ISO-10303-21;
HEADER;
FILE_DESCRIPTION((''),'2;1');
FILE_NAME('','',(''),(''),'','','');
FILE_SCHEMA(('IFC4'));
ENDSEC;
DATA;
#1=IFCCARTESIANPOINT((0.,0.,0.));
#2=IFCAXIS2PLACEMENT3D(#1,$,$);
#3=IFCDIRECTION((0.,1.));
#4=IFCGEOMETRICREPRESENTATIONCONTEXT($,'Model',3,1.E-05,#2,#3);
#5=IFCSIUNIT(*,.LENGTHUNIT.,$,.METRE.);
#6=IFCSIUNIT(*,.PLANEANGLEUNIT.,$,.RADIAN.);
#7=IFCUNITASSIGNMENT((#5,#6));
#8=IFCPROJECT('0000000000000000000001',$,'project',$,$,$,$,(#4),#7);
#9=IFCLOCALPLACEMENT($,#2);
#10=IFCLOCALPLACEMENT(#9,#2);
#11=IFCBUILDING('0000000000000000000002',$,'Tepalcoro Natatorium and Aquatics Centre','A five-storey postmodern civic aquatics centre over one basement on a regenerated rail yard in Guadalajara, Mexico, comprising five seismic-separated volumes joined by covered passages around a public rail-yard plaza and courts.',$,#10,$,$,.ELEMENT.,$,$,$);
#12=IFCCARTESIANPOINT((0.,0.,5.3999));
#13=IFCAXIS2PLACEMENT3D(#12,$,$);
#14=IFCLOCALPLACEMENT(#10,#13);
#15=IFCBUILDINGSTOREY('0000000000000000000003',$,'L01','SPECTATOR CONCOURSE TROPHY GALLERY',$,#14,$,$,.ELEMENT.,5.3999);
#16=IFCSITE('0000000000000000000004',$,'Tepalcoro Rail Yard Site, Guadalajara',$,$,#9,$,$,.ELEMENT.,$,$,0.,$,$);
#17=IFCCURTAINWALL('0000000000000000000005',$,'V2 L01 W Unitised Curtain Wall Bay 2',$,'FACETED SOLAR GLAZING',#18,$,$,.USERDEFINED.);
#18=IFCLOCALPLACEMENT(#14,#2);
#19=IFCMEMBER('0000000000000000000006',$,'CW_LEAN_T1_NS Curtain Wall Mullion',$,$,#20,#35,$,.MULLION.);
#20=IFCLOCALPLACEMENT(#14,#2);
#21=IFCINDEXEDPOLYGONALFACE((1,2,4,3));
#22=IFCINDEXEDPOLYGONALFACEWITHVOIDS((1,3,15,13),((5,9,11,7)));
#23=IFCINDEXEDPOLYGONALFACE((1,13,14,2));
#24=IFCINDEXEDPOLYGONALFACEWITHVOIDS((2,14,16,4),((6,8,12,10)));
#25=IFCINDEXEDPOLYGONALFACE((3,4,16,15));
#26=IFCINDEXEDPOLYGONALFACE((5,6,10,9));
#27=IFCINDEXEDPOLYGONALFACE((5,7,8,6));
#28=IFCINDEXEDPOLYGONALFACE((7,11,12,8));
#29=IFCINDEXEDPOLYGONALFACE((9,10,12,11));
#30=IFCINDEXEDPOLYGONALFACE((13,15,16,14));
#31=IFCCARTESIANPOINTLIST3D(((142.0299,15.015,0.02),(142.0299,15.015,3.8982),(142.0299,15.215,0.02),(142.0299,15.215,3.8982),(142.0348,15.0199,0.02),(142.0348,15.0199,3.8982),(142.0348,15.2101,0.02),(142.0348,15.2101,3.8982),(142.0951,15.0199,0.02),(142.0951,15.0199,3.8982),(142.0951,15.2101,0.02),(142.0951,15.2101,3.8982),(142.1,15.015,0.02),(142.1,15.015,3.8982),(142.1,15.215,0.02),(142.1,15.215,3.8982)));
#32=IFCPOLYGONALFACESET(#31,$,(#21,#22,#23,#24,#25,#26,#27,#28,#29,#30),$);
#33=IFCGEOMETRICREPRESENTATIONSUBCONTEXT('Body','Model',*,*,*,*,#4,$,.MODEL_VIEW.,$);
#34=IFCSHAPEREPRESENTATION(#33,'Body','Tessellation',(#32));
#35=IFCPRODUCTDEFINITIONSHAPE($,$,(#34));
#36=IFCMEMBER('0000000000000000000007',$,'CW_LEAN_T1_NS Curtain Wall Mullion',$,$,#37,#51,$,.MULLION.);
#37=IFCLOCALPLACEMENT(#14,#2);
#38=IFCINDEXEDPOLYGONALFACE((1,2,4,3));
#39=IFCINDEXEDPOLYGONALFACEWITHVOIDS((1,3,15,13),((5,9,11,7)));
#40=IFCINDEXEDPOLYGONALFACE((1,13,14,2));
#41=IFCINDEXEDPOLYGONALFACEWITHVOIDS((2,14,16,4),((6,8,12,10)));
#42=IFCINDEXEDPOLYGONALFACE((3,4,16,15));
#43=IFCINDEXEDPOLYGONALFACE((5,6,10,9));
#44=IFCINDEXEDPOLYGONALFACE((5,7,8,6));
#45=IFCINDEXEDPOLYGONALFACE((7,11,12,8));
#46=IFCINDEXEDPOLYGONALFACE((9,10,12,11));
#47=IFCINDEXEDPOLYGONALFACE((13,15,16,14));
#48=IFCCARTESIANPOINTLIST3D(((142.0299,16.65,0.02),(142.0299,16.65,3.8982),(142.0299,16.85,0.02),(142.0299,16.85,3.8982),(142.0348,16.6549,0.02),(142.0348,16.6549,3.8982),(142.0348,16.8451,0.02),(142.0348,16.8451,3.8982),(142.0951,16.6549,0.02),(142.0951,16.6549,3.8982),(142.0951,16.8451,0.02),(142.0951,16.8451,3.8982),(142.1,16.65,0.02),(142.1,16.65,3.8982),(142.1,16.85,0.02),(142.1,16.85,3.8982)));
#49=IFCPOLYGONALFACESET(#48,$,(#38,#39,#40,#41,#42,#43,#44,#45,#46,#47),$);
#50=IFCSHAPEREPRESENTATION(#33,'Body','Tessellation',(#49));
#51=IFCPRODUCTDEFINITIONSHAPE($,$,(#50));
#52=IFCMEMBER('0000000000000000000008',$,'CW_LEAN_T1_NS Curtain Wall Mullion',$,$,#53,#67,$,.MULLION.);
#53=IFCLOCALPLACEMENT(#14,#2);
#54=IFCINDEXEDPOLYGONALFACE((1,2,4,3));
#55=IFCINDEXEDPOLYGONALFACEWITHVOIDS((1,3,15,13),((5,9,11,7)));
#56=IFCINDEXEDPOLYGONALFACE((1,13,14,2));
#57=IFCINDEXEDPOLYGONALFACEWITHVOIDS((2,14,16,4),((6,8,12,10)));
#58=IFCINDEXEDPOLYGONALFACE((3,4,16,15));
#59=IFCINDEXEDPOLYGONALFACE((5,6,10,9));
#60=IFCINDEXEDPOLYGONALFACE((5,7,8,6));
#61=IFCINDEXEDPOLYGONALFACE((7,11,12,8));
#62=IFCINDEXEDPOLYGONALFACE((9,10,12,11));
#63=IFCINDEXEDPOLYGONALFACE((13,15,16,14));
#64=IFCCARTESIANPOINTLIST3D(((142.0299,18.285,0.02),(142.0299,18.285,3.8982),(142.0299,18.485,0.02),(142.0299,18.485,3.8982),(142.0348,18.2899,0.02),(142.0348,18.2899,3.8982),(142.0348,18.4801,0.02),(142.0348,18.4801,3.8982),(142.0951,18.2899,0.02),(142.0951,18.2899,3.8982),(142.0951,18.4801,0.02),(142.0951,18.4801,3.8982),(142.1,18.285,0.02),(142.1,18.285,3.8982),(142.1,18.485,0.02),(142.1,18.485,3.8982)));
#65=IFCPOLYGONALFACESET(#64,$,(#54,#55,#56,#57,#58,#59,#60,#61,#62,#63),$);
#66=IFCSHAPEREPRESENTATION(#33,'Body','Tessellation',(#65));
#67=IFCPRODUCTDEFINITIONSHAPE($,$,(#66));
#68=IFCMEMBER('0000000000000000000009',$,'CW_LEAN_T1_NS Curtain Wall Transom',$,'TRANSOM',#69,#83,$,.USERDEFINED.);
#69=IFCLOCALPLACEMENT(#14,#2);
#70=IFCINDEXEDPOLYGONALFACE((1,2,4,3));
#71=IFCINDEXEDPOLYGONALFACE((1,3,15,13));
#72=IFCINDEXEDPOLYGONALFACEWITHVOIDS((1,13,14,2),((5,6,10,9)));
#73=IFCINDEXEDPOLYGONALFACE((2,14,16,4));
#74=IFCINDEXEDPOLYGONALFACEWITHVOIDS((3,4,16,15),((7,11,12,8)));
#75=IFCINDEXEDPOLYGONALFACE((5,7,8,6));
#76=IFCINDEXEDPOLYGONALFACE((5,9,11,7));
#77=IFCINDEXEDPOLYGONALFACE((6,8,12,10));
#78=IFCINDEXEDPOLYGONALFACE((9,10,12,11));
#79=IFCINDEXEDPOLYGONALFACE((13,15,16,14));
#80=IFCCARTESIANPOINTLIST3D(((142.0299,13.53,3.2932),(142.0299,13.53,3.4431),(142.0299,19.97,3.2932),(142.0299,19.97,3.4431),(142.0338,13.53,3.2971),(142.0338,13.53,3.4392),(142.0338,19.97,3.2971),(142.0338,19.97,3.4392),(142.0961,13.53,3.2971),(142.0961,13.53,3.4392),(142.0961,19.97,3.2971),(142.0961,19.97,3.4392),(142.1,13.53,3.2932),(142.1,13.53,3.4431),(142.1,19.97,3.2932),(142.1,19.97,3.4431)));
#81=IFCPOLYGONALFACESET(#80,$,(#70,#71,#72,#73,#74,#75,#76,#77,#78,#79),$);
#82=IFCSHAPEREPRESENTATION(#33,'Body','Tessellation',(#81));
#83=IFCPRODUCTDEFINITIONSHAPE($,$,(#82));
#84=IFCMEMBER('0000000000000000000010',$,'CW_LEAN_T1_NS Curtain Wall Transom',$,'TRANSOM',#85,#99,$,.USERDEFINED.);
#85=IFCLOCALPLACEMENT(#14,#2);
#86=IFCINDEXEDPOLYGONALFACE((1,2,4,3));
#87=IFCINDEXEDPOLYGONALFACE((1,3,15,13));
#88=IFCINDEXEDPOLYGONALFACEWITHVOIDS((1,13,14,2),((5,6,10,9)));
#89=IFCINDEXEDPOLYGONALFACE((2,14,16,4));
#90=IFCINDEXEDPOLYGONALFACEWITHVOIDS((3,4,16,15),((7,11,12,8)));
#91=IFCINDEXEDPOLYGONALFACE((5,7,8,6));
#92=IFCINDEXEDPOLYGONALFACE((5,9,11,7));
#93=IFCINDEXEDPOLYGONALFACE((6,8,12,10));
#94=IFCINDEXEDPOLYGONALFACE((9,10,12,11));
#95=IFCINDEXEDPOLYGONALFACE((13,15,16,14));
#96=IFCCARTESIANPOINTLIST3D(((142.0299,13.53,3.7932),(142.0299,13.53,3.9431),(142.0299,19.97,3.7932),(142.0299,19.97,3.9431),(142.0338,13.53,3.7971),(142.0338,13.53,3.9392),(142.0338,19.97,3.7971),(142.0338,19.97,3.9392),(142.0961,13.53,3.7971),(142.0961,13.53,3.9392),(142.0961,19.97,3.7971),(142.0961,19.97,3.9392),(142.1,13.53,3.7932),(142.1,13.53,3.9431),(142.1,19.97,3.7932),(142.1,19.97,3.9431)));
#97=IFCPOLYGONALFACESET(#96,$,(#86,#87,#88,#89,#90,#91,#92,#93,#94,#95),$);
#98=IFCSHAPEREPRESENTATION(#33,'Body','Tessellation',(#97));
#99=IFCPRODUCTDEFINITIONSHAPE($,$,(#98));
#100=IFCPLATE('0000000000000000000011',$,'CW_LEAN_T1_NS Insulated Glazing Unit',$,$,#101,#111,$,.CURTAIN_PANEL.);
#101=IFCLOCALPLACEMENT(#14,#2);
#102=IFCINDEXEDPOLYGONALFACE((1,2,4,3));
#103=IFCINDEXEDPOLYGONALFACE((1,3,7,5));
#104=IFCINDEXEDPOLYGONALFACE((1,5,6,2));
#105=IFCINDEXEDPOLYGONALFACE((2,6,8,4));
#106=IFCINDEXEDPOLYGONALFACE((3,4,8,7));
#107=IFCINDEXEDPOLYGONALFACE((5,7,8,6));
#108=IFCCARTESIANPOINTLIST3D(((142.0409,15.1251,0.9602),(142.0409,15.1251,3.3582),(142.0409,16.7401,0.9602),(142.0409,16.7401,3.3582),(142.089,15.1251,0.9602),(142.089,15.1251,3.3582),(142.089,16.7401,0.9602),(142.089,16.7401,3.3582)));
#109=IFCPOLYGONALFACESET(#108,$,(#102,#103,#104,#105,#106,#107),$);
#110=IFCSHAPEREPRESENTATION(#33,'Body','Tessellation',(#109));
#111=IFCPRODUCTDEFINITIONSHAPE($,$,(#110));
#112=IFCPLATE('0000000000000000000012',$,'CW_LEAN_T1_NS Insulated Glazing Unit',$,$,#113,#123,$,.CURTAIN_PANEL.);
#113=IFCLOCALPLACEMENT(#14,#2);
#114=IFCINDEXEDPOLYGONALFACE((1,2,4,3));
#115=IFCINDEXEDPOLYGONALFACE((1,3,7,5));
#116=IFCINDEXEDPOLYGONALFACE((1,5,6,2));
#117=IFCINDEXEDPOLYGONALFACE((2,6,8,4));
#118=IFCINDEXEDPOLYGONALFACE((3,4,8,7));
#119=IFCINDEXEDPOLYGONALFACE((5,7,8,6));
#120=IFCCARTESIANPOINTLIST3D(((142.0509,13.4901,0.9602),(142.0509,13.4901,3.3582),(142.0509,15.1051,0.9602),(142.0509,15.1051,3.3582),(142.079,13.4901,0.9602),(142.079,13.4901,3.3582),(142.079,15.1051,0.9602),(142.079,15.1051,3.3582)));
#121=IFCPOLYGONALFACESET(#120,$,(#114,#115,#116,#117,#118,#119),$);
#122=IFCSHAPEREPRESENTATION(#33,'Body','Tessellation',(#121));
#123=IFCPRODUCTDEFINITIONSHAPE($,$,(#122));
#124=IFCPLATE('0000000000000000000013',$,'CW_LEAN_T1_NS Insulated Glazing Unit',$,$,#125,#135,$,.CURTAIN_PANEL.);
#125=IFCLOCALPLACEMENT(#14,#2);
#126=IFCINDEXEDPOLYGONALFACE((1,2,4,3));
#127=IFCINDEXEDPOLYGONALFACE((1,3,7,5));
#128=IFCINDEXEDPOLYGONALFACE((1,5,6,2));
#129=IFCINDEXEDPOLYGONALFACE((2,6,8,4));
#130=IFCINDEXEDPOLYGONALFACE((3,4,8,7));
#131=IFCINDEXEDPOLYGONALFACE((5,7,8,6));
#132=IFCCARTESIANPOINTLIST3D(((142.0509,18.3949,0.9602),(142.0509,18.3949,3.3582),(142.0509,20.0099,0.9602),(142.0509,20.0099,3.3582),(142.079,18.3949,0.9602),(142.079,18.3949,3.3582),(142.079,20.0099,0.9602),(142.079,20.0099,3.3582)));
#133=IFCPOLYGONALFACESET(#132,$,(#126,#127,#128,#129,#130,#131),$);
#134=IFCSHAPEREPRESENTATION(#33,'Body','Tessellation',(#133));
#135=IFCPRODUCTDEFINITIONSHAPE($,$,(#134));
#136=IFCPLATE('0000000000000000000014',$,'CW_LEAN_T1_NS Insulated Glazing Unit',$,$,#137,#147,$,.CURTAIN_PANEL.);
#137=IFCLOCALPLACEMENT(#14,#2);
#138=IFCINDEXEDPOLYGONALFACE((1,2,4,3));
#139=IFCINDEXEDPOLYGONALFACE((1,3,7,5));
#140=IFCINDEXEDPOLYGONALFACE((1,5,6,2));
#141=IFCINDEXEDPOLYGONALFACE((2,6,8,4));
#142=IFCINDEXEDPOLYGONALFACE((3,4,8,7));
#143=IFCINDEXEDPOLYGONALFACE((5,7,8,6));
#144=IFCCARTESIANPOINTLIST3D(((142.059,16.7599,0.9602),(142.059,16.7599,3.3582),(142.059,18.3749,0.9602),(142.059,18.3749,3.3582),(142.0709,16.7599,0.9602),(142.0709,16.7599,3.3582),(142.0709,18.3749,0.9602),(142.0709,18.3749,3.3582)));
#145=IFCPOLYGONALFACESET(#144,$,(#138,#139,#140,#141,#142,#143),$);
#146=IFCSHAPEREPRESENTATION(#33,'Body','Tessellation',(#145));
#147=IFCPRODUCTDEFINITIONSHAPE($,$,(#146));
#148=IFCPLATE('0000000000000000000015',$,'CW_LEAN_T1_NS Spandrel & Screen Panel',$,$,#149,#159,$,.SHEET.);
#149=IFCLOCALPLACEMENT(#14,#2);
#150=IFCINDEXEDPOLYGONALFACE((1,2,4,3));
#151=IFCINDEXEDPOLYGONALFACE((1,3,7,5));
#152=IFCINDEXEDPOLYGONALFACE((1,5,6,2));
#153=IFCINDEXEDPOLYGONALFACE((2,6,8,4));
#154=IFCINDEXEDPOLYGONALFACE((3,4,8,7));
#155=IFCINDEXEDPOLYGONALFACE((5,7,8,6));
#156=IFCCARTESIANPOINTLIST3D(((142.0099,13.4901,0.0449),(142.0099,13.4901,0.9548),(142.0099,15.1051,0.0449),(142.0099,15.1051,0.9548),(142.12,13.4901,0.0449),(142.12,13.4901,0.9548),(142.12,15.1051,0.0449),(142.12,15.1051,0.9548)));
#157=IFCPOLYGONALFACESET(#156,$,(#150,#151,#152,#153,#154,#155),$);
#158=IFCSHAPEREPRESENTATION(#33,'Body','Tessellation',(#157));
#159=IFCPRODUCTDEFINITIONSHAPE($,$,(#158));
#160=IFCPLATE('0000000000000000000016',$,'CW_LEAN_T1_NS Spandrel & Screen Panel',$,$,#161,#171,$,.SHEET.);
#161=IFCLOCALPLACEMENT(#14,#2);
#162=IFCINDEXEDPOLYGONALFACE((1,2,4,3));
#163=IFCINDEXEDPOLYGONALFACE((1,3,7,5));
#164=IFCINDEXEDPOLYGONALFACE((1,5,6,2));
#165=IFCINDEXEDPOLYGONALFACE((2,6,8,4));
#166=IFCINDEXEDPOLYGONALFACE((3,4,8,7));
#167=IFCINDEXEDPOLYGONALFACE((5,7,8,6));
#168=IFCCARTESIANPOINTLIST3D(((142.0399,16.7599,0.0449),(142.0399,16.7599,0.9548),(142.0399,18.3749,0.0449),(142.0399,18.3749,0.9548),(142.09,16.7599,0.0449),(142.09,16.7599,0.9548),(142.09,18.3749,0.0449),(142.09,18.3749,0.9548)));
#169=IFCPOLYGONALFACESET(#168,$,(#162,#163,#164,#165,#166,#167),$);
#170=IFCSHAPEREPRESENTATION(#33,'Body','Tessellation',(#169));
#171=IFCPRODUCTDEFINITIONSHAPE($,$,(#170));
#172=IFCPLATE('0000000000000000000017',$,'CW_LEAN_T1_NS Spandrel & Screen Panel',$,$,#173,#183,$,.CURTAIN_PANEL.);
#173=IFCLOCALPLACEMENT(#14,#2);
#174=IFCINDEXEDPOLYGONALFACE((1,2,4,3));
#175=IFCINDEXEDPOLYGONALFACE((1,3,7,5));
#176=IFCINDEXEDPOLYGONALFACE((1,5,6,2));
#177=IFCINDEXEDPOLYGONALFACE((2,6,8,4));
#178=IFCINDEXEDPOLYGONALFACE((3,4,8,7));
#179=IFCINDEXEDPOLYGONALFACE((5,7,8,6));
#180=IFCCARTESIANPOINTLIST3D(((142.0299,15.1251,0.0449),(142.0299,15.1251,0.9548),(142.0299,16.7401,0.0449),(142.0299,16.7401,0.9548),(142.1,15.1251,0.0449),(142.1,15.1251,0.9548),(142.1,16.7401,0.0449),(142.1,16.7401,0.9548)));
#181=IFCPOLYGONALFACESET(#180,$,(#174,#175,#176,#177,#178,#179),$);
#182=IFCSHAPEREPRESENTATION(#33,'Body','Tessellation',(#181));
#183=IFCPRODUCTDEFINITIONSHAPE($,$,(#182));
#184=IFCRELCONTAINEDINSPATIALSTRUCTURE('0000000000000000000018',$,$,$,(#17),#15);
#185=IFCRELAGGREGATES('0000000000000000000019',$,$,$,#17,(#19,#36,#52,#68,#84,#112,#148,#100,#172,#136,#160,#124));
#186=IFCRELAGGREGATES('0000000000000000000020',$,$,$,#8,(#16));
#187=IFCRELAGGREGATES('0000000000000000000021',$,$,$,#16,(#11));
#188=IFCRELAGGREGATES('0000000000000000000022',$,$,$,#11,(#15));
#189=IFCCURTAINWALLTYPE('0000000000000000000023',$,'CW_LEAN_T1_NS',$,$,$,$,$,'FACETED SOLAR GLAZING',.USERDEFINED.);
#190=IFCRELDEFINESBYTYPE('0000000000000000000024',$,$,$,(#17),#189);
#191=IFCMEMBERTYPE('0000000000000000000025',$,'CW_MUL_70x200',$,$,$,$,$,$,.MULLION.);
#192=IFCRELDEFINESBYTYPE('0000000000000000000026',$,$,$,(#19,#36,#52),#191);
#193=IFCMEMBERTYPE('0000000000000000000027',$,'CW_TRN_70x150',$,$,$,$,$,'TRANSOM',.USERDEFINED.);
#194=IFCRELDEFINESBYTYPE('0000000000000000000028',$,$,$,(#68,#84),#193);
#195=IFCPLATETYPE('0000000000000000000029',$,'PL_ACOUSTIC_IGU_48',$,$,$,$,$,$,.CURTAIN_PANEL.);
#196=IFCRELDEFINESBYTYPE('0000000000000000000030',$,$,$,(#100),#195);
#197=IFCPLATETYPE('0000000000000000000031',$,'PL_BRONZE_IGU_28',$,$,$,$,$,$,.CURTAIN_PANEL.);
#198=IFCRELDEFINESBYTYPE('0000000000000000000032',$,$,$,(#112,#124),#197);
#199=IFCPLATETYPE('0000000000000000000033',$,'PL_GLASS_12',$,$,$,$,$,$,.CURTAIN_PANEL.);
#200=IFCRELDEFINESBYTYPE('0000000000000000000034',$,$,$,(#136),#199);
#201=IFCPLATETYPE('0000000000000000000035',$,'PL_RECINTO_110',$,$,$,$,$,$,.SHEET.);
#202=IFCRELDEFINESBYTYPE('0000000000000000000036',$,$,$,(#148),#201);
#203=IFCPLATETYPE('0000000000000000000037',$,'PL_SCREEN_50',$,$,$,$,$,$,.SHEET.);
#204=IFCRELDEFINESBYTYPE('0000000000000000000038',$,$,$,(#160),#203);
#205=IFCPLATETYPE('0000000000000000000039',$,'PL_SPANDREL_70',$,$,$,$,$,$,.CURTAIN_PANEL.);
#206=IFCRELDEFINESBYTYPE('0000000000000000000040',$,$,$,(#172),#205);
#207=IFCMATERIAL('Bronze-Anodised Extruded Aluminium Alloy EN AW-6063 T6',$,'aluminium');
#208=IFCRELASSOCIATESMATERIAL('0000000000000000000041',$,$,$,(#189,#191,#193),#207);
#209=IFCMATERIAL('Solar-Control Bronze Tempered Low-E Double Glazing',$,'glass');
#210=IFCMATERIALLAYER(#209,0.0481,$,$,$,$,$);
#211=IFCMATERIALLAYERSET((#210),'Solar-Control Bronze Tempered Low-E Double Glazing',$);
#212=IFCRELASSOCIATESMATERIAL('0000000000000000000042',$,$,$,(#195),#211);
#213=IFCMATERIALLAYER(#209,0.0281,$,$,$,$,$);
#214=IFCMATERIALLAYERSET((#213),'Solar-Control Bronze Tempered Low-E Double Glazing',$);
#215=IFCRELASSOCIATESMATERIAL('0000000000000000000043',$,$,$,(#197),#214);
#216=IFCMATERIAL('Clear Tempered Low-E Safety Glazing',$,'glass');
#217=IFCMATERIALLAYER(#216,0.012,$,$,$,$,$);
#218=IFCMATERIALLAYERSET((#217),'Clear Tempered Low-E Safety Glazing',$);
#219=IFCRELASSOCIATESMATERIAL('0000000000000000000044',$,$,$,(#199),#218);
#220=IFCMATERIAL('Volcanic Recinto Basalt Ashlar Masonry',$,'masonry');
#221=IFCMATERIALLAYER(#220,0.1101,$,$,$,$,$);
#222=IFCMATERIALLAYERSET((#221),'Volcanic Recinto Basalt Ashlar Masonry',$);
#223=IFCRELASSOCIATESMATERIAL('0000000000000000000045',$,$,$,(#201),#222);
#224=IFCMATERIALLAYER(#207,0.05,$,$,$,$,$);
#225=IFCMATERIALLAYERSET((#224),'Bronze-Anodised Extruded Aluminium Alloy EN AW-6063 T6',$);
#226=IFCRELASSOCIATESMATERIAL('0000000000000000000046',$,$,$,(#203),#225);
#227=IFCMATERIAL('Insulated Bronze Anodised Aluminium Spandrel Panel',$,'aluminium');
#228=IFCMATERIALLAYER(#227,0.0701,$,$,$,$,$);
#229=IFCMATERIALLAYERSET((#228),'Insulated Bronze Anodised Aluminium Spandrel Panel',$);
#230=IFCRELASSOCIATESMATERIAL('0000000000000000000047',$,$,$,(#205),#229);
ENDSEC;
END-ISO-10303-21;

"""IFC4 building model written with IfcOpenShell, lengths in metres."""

from ifc_helpers import new_model, si_unit, direction, frame, origin, origin_2d, place, context, subcontext, project, spatial, rectangle, hollow_rectangle, extrude, material, layer, layer_set, material_profile, profile_set, type_object, element, aggregate, save


model = new_model("IFC4")

# Units and contexts
model_context = context("Model", 3, precision=1e-05, world=origin(), true_north=direction((0.0, 1.0)))
body_context = subcontext(model_context, "Body", "Model", "MODEL_VIEW")
ifc_project = project(units=[si_unit("LENGTHUNIT", "METRE"), si_unit("PLANEANGLEUNIT", "RADIAN")], contexts=[model_context])

# Site, building, storey
site_placement = place(None, origin())
site = spatial("IfcSite", under=ifc_project, at=site_placement, Name="Tepalcoro Rail Yard Site, Guadalajara", CompositionType="ELEMENT", RefElevation=0.0)
building_placement = place(site_placement, origin())
building = spatial("IfcBuilding", under=site, at=building_placement, Name="Tepalcoro Natatorium and Aquatics Centre", Description="A five-storey postmodern civic aquatics centre over one basement on a regenerated rail yard in Guadalajara, Mexico, comprising five seismic-separated volumes joined by covered passages around a public rail-yard plaza and courts.", CompositionType="ELEMENT")
storey_placement = place(building_placement, frame((0.0, 0.0, 5.3999)))
storey = spatial("IfcBuildingStorey", under=building, at=storey_placement, Name="L01", Description="SPECTATOR CONCOURSE TROPHY GALLERY", CompositionType="ELEMENT", Elevation=5.3999)

# Curtain wall, members, plates
ifc_material_1 = material(Name="Bronze-Anodised Extruded Aluminium Alloy EN AW-6063 T6", Category="aluminium")
curtain_wall_type = type_object("IfcCurtainWallType", Name="CW_LEAN_T1_NS", ElementType="FACETED SOLAR GLAZING", PredefinedType="USERDEFINED", material=ifc_material_1)
curtain_wall_placement = place(storey_placement, origin())
curtain_wall = element("IfcCurtainWall", 1, at=curtain_wall_placement, inside=storey, type_object=curtain_wall_type, Name="V2 L01 W Unitised Curtain Wall Bay 2", ObjectType="FACETED SOLAR GLAZING", PredefinedType="USERDEFINED")
ifc_material_profile_1 = material_profile(ifc_material_1, hollow_rectangle(XDim=0.0701, YDim=0.2, WallThickness=0.0049, at=origin_2d()), Name="AL70X200X5")
ifc_profile_set_1 = profile_set([ifc_material_profile_1], Name="Bronze-Anodised Extruded Aluminium Alloy EN AW-6063 T6")
member_type_1 = type_object("IfcMemberType", Name="CW_MUL_70x200", PredefinedType="MULLION", material=ifc_profile_set_1)
member_1_placement = place(storey_placement, frame((142.0649, 15.115, 0.02), z_axis=(0.0, 0.0, 1.0), x_axis=(1.0, 0.0, 0.0)))
member_1 = element("IfcMember", 2, at=member_1_placement, type_object=member_type_1, Name="CW_LEAN_T1_NS Curtain Wall Mullion", PredefinedType="MULLION", context=body_context, shape_type="SweptSolid", body=[
    extrude(hollow_rectangle(XDim=0.0701, YDim=0.2, WallThickness=0.0049, at=origin_2d()), origin(), (0.0, 0.0, 1.0), 3.8782),
])
member_2_placement = place(storey_placement, frame((142.0649, 16.75, 0.02), z_axis=(0.0, 0.0, 1.0), x_axis=(1.0, 0.0, 0.0)))
member_2 = element("IfcMember", 3, at=member_2_placement, type_object=member_type_1, Name="CW_LEAN_T1_NS Curtain Wall Mullion", PredefinedType="MULLION", context=body_context, shape_type="SweptSolid", body=[
    extrude(hollow_rectangle(XDim=0.0701, YDim=0.2, WallThickness=0.0049, at=origin_2d()), origin(), (0.0, 0.0, 1.0), 3.8782),
])
member_3_placement = place(storey_placement, frame((142.0649, 18.385, 0.02), z_axis=(0.0, 0.0, 1.0), x_axis=(1.0, 0.0, 0.0)))
member_3 = element("IfcMember", 4, at=member_3_placement, type_object=member_type_1, Name="CW_LEAN_T1_NS Curtain Wall Mullion", PredefinedType="MULLION", context=body_context, shape_type="SweptSolid", body=[
    extrude(hollow_rectangle(XDim=0.0701, YDim=0.2, WallThickness=0.0049, at=origin_2d()), origin(), (0.0, 0.0, 1.0), 3.8782),
])
ifc_material_profile_2 = material_profile(ifc_material_1, hollow_rectangle(XDim=0.0701, YDim=0.1499, WallThickness=0.0039, at=origin_2d()), Name="AL70X150X4")
ifc_profile_set_2 = profile_set([ifc_material_profile_2], Name="Bronze-Anodised Extruded Aluminium Alloy EN AW-6063 T6")
member_type_2 = type_object("IfcMemberType", Name="CW_TRN_70x150", ElementType="TRANSOM", PredefinedType="USERDEFINED", material=ifc_profile_set_2)
member_4_placement = place(storey_placement, frame((142.0649, 13.53, 3.3682), z_axis=(0.0, 1.0, 0.0), x_axis=(-1.0, 0.0, 0.0)))
member_4 = element("IfcMember", 5, at=member_4_placement, type_object=member_type_2, Name="CW_LEAN_T1_NS Curtain Wall Transom", ObjectType="TRANSOM", PredefinedType="USERDEFINED", context=body_context, shape_type="SweptSolid", body=[
    extrude(hollow_rectangle(XDim=0.0701, YDim=0.1499, WallThickness=0.0039, at=origin_2d()), origin(), (0.0, 0.0, 1.0), 6.4399),
])
member_5_placement = place(storey_placement, frame((142.0649, 13.53, 3.8682), z_axis=(0.0, 1.0, 0.0), x_axis=(-1.0, 0.0, 0.0)))
member_5 = element("IfcMember", 6, at=member_5_placement, type_object=member_type_2, Name="CW_LEAN_T1_NS Curtain Wall Transom", ObjectType="TRANSOM", PredefinedType="USERDEFINED", context=body_context, shape_type="SweptSolid", body=[
    extrude(hollow_rectangle(XDim=0.0701, YDim=0.1499, WallThickness=0.0039, at=origin_2d()), origin(), (0.0, 0.0, 1.0), 6.4399),
])
ifc_material_2 = material(Name="Solar-Control Bronze Tempered Low-E Double Glazing", Category="glass")
ifc_layer_1 = layer(ifc_material_2, 0.0481)
ifc_layer_set_1 = layer_set([ifc_layer_1], Name="Solar-Control Bronze Tempered Low-E Double Glazing")
plate_type_1 = type_object("IfcPlateType", Name="PL_ACOUSTIC_IGU_48", PredefinedType="CURTAIN_PANEL", material=ifc_layer_set_1)
plate_1_placement = place(storey_placement, frame((142.0649, 15.9326, 0.9602), z_axis=(0.0, 0.0, 1.0), x_axis=(1.0, 0.0, 0.0)))
plate_1 = element("IfcPlate", 7, at=plate_1_placement, type_object=plate_type_1, Name="CW_LEAN_T1_NS Insulated Glazing Unit", PredefinedType="CURTAIN_PANEL", context=body_context, shape_type="SweptSolid", body=[
    extrude(rectangle(XDim=0.0481, YDim=1.615, at=origin_2d()), origin(), (0.0, 0.0, 1.0), 2.3979),
])
ifc_layer_2 = layer(ifc_material_2, 0.0281)
ifc_layer_set_2 = layer_set([ifc_layer_2], Name="Solar-Control Bronze Tempered Low-E Double Glazing")
plate_type_2 = type_object("IfcPlateType", Name="PL_BRONZE_IGU_28", PredefinedType="CURTAIN_PANEL", material=ifc_layer_set_2)
plate_2_placement = place(storey_placement, frame((142.0649, 14.2976, 0.9602), z_axis=(0.0, 0.0, 1.0), x_axis=(1.0, 0.0, 0.0)))
plate_2 = element("IfcPlate", 8, at=plate_2_placement, type_object=plate_type_2, Name="CW_LEAN_T1_NS Insulated Glazing Unit", PredefinedType="CURTAIN_PANEL", context=body_context, shape_type="SweptSolid", body=[
    extrude(rectangle(XDim=0.0281, YDim=1.615, at=origin_2d()), origin(), (0.0, 0.0, 1.0), 2.3979),
])
plate_3_placement = place(storey_placement, frame((142.0649, 19.2024, 0.9602), z_axis=(0.0, 0.0, 1.0), x_axis=(1.0, 0.0, 0.0)))
plate_3 = element("IfcPlate", 9, at=plate_3_placement, type_object=plate_type_2, Name="CW_LEAN_T1_NS Insulated Glazing Unit", PredefinedType="CURTAIN_PANEL", context=body_context, shape_type="SweptSolid", body=[
    extrude(rectangle(XDim=0.0281, YDim=1.615, at=origin_2d()), origin(), (0.0, 0.0, 1.0), 2.3979),
])
ifc_material_3 = material(Name="Clear Tempered Low-E Safety Glazing", Category="glass")
ifc_layer_3 = layer(ifc_material_3, 0.012)
ifc_layer_set_3 = layer_set([ifc_layer_3], Name="Clear Tempered Low-E Safety Glazing")
plate_type_3 = type_object("IfcPlateType", Name="PL_GLASS_12", PredefinedType="CURTAIN_PANEL", material=ifc_layer_set_3)
plate_4_placement = place(storey_placement, frame((142.0649, 17.5674, 0.9602), z_axis=(0.0, 0.0, 1.0), x_axis=(1.0, 0.0, 0.0)))
plate_4 = element("IfcPlate", 10, at=plate_4_placement, type_object=plate_type_3, Name="CW_LEAN_T1_NS Insulated Glazing Unit", PredefinedType="CURTAIN_PANEL", context=body_context, shape_type="SweptSolid", body=[
    extrude(rectangle(XDim=0.012, YDim=1.615, at=origin_2d()), origin(), (0.0, 0.0, 1.0), 2.3979),
])
ifc_material_4 = material(Name="Volcanic Recinto Basalt Ashlar Masonry", Category="masonry")
ifc_layer_4 = layer(ifc_material_4, 0.1101)
ifc_layer_set_4 = layer_set([ifc_layer_4], Name="Volcanic Recinto Basalt Ashlar Masonry")
plate_type_4 = type_object("IfcPlateType", Name="PL_RECINTO_110", PredefinedType="SHEET", material=ifc_layer_set_4)
plate_5_placement = place(storey_placement, frame((142.0649, 14.2976, 0.0449), z_axis=(0.0, 0.0, 1.0), x_axis=(1.0, 0.0, 0.0)))
plate_5 = element("IfcPlate", 11, at=plate_5_placement, type_object=plate_type_4, Name="CW_LEAN_T1_NS Spandrel & Screen Panel", PredefinedType="SHEET", context=body_context, shape_type="SweptSolid", body=[
    extrude(rectangle(XDim=0.1101, YDim=1.615, at=origin_2d()), origin(), (0.0, 0.0, 1.0), 0.9099),
])
ifc_layer_5 = layer(ifc_material_1, 0.05)
ifc_layer_set_5 = layer_set([ifc_layer_5], Name="Bronze-Anodised Extruded Aluminium Alloy EN AW-6063 T6")
plate_type_5 = type_object("IfcPlateType", Name="PL_SCREEN_50", PredefinedType="SHEET", material=ifc_layer_set_5)
plate_6_placement = place(storey_placement, frame((142.0649, 17.5674, 0.0449), z_axis=(0.0, 0.0, 1.0), x_axis=(1.0, 0.0, 0.0)))
plate_6 = element("IfcPlate", 12, at=plate_6_placement, type_object=plate_type_5, Name="CW_LEAN_T1_NS Spandrel & Screen Panel", PredefinedType="SHEET", context=body_context, shape_type="SweptSolid", body=[
    extrude(rectangle(XDim=0.05, YDim=1.615, at=origin_2d()), origin(), (0.0, 0.0, 1.0), 0.9099),
])
ifc_material_5 = material(Name="Insulated Bronze Anodised Aluminium Spandrel Panel", Category="aluminium")
ifc_layer_6 = layer(ifc_material_5, 0.0701)
ifc_layer_set_6 = layer_set([ifc_layer_6], Name="Insulated Bronze Anodised Aluminium Spandrel Panel")
plate_type_6 = type_object("IfcPlateType", Name="PL_SPANDREL_70", PredefinedType="CURTAIN_PANEL", material=ifc_layer_set_6)
plate_7_placement = place(storey_placement, frame((142.0649, 15.9326, 0.0449), z_axis=(0.0, 0.0, 1.0), x_axis=(1.0, 0.0, 0.0)))
plate_7 = element("IfcPlate", 13, at=plate_7_placement, type_object=plate_type_6, Name="CW_LEAN_T1_NS Spandrel & Screen Panel", PredefinedType="CURTAIN_PANEL", context=body_context, shape_type="SweptSolid", body=[
    extrude(rectangle(XDim=0.0701, YDim=1.615, at=origin_2d()), origin(), (0.0, 0.0, 1.0), 0.9099),
])
aggregate(curtain_wall, [member_1, member_2, member_3, member_4, member_5, plate_2, plate_5, plate_1, plate_7, plate_4, plate_6, plate_3])

save(model, "model.ifc")
